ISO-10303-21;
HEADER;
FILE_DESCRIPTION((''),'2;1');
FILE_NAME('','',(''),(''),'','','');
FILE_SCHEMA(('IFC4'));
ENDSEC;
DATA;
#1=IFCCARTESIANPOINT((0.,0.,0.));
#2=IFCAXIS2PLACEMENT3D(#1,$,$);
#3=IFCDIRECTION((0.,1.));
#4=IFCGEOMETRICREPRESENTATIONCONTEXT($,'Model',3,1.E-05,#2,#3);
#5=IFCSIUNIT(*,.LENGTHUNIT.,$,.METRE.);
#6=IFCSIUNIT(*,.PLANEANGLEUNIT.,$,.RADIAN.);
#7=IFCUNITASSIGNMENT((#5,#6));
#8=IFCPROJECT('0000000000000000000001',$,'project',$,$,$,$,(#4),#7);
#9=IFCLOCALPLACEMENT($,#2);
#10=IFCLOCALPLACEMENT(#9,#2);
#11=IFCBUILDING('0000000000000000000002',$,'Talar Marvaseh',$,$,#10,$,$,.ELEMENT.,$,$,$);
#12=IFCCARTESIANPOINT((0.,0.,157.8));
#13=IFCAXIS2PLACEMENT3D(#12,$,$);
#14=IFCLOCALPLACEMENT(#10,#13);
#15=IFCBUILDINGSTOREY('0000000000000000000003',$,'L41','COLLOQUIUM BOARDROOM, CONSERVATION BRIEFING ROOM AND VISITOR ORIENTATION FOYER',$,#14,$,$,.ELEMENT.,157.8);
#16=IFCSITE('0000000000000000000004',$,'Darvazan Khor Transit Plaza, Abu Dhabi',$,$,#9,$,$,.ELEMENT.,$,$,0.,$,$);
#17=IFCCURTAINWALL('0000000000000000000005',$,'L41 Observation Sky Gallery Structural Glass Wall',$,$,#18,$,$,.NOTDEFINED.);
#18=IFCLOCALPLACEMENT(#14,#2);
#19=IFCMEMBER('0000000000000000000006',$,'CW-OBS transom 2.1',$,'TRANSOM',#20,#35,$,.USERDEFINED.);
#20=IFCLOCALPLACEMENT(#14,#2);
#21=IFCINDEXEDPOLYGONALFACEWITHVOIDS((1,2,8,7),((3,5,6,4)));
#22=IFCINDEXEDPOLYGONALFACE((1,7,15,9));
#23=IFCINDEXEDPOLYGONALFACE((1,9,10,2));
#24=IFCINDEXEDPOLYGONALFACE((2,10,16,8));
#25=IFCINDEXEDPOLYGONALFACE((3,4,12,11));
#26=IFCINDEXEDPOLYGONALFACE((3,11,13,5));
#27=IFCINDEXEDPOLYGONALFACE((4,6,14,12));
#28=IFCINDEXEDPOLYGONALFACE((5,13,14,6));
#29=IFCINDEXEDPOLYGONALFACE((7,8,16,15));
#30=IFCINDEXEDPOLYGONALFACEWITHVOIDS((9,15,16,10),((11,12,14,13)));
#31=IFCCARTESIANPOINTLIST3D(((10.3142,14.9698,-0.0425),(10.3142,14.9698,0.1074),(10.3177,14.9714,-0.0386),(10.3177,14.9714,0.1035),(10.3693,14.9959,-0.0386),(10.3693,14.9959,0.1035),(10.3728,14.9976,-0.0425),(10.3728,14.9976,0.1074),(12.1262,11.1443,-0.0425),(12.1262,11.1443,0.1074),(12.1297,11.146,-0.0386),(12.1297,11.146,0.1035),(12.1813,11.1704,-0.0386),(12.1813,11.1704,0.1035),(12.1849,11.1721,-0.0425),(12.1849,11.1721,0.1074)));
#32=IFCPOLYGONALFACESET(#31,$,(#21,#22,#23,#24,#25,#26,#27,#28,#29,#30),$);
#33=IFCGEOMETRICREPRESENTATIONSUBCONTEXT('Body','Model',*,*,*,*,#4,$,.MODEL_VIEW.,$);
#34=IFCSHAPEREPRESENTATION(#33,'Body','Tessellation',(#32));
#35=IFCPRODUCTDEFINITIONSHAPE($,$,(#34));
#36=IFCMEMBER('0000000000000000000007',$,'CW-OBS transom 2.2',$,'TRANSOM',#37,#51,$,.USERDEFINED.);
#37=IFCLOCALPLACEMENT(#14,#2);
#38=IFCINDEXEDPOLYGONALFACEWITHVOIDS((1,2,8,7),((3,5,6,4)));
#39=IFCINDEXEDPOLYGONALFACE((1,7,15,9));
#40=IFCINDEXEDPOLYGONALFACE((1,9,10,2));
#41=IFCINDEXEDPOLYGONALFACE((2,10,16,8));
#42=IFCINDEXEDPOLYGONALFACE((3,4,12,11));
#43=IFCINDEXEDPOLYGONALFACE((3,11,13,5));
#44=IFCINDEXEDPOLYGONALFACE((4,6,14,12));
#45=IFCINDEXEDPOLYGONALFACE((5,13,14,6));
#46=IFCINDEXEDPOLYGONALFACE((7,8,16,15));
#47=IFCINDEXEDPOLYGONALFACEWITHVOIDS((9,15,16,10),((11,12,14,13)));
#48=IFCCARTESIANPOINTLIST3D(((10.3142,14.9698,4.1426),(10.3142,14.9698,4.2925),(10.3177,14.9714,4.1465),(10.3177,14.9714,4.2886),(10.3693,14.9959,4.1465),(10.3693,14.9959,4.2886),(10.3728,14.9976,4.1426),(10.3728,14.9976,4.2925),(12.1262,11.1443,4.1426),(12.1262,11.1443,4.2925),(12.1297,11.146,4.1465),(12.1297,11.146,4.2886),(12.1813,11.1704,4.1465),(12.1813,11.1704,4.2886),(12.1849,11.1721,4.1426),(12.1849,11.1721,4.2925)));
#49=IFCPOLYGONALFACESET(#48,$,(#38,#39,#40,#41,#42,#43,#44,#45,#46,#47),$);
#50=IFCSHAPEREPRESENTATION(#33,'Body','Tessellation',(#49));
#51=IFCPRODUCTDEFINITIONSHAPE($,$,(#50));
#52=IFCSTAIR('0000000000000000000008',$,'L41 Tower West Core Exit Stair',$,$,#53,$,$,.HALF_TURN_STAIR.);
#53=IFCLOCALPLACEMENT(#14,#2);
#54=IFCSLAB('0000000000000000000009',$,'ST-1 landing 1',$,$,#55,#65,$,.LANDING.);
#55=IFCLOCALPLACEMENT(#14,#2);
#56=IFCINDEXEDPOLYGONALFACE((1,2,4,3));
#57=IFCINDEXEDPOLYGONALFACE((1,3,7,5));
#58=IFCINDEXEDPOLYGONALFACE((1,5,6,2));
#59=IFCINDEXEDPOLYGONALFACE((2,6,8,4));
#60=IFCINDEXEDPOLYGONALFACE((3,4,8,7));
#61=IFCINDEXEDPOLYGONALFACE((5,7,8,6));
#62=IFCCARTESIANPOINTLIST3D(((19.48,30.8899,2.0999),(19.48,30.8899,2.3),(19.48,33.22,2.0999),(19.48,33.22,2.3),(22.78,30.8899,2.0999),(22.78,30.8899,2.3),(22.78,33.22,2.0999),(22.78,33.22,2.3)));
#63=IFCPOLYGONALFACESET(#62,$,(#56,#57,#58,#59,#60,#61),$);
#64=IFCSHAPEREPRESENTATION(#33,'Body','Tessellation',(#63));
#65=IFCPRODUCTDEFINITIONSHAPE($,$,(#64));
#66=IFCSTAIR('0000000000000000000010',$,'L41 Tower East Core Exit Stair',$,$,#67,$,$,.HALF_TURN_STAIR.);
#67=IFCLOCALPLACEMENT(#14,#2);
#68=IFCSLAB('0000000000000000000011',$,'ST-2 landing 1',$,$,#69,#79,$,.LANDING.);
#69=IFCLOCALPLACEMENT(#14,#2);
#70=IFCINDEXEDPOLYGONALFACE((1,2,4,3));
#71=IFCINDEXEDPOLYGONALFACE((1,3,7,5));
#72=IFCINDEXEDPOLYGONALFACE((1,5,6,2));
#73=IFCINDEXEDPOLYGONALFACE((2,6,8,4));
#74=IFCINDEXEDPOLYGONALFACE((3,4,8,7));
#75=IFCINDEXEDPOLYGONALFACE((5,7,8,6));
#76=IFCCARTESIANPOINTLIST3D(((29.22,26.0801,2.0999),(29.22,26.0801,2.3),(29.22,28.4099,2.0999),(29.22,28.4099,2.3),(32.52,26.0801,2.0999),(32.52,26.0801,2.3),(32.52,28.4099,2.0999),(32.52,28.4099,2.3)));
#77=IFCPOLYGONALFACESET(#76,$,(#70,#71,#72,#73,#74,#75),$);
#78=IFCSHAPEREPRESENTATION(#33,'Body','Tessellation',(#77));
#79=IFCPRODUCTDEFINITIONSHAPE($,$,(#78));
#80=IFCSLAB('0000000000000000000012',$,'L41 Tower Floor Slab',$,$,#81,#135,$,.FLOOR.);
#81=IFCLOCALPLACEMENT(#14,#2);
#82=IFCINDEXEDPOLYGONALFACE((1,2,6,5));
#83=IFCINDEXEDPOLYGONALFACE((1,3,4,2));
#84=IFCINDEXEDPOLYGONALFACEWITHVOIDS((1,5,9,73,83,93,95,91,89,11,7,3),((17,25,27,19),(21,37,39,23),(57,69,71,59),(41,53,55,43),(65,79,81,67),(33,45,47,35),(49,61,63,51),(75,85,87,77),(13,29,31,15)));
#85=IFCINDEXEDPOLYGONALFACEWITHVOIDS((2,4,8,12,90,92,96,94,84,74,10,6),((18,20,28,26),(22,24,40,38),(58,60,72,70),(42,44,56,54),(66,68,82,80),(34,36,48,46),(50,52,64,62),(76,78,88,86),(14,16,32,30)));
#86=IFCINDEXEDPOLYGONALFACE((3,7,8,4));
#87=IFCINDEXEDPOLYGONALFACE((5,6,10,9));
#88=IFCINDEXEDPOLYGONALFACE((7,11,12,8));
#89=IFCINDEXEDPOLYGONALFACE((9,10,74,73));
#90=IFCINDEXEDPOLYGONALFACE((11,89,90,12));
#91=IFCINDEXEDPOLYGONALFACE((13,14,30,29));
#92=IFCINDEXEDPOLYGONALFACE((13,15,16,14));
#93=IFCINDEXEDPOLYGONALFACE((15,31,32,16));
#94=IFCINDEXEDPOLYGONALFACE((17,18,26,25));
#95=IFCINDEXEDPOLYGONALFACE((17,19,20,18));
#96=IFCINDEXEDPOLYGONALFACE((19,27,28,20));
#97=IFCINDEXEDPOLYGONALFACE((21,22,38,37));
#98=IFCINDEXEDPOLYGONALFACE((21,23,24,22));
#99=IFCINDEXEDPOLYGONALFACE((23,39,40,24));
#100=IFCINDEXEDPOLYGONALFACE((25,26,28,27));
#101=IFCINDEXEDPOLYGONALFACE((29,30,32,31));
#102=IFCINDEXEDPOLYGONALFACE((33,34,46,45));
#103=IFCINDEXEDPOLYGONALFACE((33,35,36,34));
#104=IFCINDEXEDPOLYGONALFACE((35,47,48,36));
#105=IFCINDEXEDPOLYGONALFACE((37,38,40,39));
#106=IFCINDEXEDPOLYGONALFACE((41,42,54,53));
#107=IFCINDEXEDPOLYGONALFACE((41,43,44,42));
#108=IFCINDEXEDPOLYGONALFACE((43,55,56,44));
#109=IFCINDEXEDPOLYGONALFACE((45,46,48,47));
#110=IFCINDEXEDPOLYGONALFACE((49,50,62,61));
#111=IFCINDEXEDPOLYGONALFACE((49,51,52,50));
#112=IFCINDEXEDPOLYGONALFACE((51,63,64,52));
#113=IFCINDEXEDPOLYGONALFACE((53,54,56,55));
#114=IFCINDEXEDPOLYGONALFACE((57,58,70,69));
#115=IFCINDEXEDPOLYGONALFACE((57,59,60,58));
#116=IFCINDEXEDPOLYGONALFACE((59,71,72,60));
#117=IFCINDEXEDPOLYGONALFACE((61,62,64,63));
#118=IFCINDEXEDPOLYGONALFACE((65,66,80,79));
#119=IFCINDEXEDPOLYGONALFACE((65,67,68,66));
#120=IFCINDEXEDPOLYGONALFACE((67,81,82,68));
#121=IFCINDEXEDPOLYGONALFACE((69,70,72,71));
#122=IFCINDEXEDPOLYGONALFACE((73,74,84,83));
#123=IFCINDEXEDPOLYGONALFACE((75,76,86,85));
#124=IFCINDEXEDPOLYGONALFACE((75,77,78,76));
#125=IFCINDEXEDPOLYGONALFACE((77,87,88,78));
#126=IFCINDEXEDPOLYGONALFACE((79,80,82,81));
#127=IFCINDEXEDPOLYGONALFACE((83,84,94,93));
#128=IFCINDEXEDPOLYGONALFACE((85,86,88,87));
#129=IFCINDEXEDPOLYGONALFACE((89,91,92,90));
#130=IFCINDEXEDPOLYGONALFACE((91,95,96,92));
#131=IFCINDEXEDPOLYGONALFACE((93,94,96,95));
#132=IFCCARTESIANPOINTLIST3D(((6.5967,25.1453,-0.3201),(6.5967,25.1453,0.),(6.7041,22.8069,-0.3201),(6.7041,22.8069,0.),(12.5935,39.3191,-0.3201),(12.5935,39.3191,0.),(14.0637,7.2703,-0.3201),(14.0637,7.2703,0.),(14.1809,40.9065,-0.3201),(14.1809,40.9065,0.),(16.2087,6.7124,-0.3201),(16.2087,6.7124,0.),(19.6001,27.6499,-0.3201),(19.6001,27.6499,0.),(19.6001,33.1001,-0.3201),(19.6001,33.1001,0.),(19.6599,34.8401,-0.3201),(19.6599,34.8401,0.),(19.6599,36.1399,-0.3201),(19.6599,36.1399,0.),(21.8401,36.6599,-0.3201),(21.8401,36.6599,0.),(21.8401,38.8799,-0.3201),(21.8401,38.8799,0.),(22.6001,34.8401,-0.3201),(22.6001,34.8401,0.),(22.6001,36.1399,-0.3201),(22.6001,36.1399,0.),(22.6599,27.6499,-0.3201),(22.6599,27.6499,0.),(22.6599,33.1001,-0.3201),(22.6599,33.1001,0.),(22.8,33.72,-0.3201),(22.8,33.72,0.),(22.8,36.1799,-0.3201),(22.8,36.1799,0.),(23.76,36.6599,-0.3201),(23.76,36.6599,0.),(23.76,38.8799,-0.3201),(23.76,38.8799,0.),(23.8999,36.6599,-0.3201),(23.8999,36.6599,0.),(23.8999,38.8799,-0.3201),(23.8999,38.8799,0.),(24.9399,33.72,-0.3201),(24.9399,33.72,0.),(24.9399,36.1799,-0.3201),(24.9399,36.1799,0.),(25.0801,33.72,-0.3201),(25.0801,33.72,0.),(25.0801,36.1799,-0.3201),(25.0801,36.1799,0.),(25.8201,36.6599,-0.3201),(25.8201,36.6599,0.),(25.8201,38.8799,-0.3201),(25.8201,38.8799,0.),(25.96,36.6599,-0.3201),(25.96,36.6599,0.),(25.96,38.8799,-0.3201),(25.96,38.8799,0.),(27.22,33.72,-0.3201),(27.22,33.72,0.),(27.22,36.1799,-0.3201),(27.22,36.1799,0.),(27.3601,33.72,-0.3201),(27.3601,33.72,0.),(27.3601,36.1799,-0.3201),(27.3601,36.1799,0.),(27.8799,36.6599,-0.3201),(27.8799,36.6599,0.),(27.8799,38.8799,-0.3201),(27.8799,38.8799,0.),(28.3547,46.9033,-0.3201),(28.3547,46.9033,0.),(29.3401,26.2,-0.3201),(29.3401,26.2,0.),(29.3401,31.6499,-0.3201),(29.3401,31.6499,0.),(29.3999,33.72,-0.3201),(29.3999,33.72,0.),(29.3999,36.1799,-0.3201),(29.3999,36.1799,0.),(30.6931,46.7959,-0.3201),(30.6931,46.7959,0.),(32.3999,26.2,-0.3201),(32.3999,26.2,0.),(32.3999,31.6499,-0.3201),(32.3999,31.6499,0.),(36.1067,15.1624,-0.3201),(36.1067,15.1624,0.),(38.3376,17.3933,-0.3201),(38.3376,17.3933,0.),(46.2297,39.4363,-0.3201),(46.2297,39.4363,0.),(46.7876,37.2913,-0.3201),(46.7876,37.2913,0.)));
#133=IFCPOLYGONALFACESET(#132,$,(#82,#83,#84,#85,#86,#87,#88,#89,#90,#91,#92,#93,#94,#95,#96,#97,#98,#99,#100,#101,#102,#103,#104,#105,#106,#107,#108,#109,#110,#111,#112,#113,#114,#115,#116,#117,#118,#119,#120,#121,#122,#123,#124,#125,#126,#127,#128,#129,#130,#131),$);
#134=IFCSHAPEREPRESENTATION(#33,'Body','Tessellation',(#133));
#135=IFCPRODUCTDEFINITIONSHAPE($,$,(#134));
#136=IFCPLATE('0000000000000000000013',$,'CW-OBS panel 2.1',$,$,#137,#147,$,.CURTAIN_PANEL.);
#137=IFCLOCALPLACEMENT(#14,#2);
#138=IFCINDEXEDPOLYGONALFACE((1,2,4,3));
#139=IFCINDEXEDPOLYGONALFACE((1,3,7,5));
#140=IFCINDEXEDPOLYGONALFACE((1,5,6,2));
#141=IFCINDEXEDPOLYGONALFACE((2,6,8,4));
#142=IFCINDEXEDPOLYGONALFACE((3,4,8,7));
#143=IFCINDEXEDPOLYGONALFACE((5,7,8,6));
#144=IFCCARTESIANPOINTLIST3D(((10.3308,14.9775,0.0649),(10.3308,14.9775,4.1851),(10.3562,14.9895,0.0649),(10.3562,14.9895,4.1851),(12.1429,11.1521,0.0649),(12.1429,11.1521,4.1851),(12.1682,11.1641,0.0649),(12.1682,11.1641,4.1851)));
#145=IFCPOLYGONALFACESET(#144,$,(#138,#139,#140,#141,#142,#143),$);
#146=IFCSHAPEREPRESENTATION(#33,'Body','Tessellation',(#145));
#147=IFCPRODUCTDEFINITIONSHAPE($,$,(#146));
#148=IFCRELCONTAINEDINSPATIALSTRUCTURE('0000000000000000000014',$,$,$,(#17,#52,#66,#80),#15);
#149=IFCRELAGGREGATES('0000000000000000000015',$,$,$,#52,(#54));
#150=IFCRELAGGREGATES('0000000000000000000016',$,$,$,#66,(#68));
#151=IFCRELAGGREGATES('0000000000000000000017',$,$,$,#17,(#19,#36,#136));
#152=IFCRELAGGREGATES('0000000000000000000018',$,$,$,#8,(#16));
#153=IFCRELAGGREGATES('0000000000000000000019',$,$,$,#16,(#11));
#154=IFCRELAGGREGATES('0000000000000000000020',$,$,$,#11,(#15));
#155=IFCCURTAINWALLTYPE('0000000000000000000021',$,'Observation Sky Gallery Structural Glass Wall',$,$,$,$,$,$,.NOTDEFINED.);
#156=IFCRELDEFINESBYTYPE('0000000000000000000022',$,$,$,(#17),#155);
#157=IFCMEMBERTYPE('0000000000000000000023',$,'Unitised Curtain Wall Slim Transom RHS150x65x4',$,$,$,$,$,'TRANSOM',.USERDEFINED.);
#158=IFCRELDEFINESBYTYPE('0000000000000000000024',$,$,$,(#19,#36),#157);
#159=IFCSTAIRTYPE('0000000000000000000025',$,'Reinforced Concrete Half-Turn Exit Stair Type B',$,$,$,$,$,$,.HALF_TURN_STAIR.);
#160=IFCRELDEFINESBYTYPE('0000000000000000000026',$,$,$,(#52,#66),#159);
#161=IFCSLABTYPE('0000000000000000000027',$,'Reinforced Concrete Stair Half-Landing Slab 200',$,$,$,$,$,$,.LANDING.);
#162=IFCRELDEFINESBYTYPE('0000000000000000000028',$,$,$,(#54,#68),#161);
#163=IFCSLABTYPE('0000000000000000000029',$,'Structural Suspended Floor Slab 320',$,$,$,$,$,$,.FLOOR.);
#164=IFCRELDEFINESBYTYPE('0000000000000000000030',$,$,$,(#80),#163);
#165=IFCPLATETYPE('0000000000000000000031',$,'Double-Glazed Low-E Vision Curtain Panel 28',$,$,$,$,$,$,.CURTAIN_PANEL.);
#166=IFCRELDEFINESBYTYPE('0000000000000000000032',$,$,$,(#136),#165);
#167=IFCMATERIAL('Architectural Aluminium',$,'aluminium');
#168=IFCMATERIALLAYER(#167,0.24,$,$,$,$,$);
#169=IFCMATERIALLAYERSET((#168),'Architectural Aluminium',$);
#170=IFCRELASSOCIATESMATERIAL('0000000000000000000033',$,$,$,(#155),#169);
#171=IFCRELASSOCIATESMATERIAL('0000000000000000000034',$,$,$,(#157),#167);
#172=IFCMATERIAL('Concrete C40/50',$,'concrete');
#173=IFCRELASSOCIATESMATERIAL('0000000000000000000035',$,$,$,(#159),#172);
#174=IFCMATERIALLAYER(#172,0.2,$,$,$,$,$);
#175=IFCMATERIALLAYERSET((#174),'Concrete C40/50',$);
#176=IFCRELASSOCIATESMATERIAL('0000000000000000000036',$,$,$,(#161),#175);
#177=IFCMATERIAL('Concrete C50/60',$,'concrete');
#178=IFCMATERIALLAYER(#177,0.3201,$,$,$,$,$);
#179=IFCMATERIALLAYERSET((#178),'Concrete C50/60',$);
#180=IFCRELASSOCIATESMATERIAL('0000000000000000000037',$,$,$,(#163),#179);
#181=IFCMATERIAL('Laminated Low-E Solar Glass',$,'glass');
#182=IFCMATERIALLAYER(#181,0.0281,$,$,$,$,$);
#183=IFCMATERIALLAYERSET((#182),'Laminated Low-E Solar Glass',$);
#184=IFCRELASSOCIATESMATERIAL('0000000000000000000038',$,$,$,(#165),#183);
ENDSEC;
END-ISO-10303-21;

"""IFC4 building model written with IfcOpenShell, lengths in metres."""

from ifc_helpers import new_model, si_unit, direction, frame, origin, origin_2d, place, context, subcontext, project, spatial, polyline, rectangle, hollow_rectangle, outline, extrude, source, transform, mapped, material, layer, layer_set, material_profile, profile_set, type_object, type_shapes, element, aggregate, save


model = new_model("IFC4")

# Units and contexts
model_context = context("Model", 3, precision=1e-05, world=origin(), true_north=direction((0.0, 1.0)))
body_context = subcontext(model_context, "Body", "Model", "MODEL_VIEW")
ifc_project = project(units=[si_unit("LENGTHUNIT", "METRE"), si_unit("PLANEANGLEUNIT", "RADIAN")], contexts=[model_context])

# Site, building, storey
site_placement = place(None, origin())
site = spatial("IfcSite", under=ifc_project, at=site_placement, Name="Darvazan Khor Transit Plaza, Abu Dhabi", CompositionType="ELEMENT", RefElevation=0.0)
building_placement = place(site_placement, origin())
building = spatial("IfcBuilding", under=site, at=building_placement, Name="Talar Marvaseh", CompositionType="ELEMENT")
storey_placement = place(building_placement, frame((0.0, 0.0, 157.8)))
storey = spatial("IfcBuildingStorey", under=building, at=storey_placement, Name="L41", Description="COLLOQUIUM BOARDROOM, CONSERVATION BRIEFING ROOM AND VISITOR ORIENTATION FOYER", CompositionType="ELEMENT", Elevation=157.8)

# Curtain wall, members
ifc_material_1 = material(Name="Architectural Aluminium", Category="aluminium")
ifc_layer_1 = layer(ifc_material_1, 0.24)
ifc_layer_set_1 = layer_set([ifc_layer_1], Name="Architectural Aluminium")
curtain_wall_type = type_object("IfcCurtainWallType", Name="Observation Sky Gallery Structural Glass Wall", PredefinedType="NOTDEFINED", material=ifc_layer_set_1)
curtain_wall_placement = place(storey_placement, origin())
curtain_wall = element("IfcCurtainWall", 1, at=curtain_wall_placement, inside=storey, type_object=curtain_wall_type, Name="L41 Observation Sky Gallery Structural Glass Wall", PredefinedType="NOTDEFINED")
ifc_material_profile = material_profile(ifc_material_1, hollow_rectangle(XDim=0.0649, YDim=0.1499, WallThickness=0.0039, at=origin_2d()), Name="RHS150x65x4")
ifc_profile_set = profile_set([ifc_material_profile], Name="Architectural Aluminium")
member_type = type_object("IfcMemberType", Name="Unitised Curtain Wall Slim Transom RHS150x65x4", ElementType="TRANSOM", PredefinedType="USERDEFINED", material=ifc_profile_set)
shared_shape_1 = source(origin(), body_context, "Body", "SweptSolid", [
    extrude(hollow_rectangle(XDim=0.0649, YDim=0.1499, WallThickness=0.0039, at=origin_2d()), origin(), (0.0, 0.0, 1.0), 4.2329),
])
type_shapes(member_type, [shared_shape_1])
member_1_placement = place(storey_placement, frame((12.1555, 11.1582, 0.0325), z_axis=(-0.428079, 0.903741, 0.0), x_axis=(-0.903741, -0.428079, 0.0)))
member_1 = element("IfcMember", 2, at=member_1_placement, type_object=member_type, Name="CW-OBS transom 2.1", ObjectType="TRANSOM", PredefinedType="USERDEFINED", context=body_context, shape_type="MappedRepresentation", body=[
    mapped(shared_shape_1, transform((0.0, 0.0, 0.0), x_axis=(1.0, 0.0, 0.0), y_axis=(0.0, 1.0, 0.0), z_axis=(0.0, 0.0, 1.0), scale=1.0)),
])
member_2_placement = place(storey_placement, frame((12.1555, 11.1582, 4.2175), z_axis=(-0.428079, 0.903741, 0.0), x_axis=(-0.903741, -0.428079, 0.0)))
member_2 = element("IfcMember", 3, at=member_2_placement, type_object=member_type, Name="CW-OBS transom 2.2", ObjectType="TRANSOM", PredefinedType="USERDEFINED", context=body_context, shape_type="MappedRepresentation", body=[
    mapped(shared_shape_1, transform((0.0, 0.0, 0.0), x_axis=(1.0, 0.0, 0.0), y_axis=(0.0, 1.0, 0.0), z_axis=(0.0, 0.0, 1.0), scale=1.0)),
])

# Stairs, slabs
ifc_material_2 = material(Name="Concrete C40/50", Category="concrete")
stair_type = type_object("IfcStairType", Name="Reinforced Concrete Half-Turn Exit Stair Type B", PredefinedType="HALF_TURN_STAIR", material=ifc_material_2)
stair_1_placement = place(storey_placement, origin())
stair_1 = element("IfcStair", 4, at=stair_1_placement, inside=storey, type_object=stair_type, Name="L41 Tower West Core Exit Stair", PredefinedType="HALF_TURN_STAIR")
ifc_layer_2 = layer(ifc_material_2, 0.2)
ifc_layer_set_2 = layer_set([ifc_layer_2], Name="Concrete C40/50")
slab_type_1 = type_object("IfcSlabType", Name="Reinforced Concrete Stair Half-Landing Slab 200", PredefinedType="LANDING", material=ifc_layer_set_2)
slab_1_placement = place(storey_placement, frame((0.0, 0.0, 2.0999)))
slab_1 = element("IfcSlab", 5, at=slab_1_placement, type_object=slab_type_1, Name="ST-1 landing 1", PredefinedType="LANDING", context=body_context, shape_type="SweptSolid", body=[
    extrude(outline(polyline([(22.78, 30.8899), (22.78, 33.22), (19.48, 33.22), (19.48, 30.8899), (22.78, 30.8899)])), origin(), (0.0, 0.0, 1.0), 0.2002),
])
aggregate(stair_1, [slab_1])
stair_2_placement = place(storey_placement, origin())
stair_2 = element("IfcStair", 6, at=stair_2_placement, inside=storey, type_object=stair_type, Name="L41 Tower East Core Exit Stair", PredefinedType="HALF_TURN_STAIR")
slab_2_placement = place(storey_placement, frame((0.0, 0.0, 2.0999)))
slab_2 = element("IfcSlab", 7, at=slab_2_placement, type_object=slab_type_1, Name="ST-2 landing 1", PredefinedType="LANDING", context=body_context, shape_type="SweptSolid", body=[
    extrude(outline(polyline([(29.22, 28.4099), (29.22, 26.0801), (32.52, 26.0801), (32.52, 28.4099), (29.22, 28.4099)])), origin(), (0.0, 0.0, 1.0), 0.2002),
])
aggregate(stair_2, [slab_2])

# Slab
ifc_material_3 = material(Name="Concrete C50/60", Category="concrete")
ifc_layer_3 = layer(ifc_material_3, 0.3201)
ifc_layer_set_3 = layer_set([ifc_layer_3], Name="Concrete C50/60")
slab_type_2 = type_object("IfcSlabType", Name="Structural Suspended Floor Slab 320", PredefinedType="FLOOR", material=ifc_layer_set_3)
slab_3_placement = place(storey_placement, frame((0.0, 0.0, -0.3201)))
element("IfcSlab", 8, at=slab_3_placement, inside=storey, type_object=slab_type_2, Name="L41 Tower Floor Slab", PredefinedType="FLOOR", context=body_context, shape_type="SweptSolid", body=[
    extrude(outline(polyline([(16.2087, 6.7124), (14.0637, 7.2703), (6.7041, 22.8069), (6.5967, 25.1453), (12.5935, 39.3191), (14.1809, 40.9065), (28.3547, 46.9033), (30.6931, 46.7959), (46.2297, 39.4363), (46.7876, 37.2913), (38.3376, 17.3933), (36.1067, 15.1624), (16.2087, 6.7124)]), holes=[polyline([(22.6599, 27.6499), (22.6599, 33.1001), (19.6001, 33.1001), (19.6001, 27.6499), (22.6599, 27.6499)]), polyline([(29.3401, 31.6499), (29.3401, 26.2), (32.3999, 26.2), (32.3999, 31.6499), (29.3401, 31.6499)]), polyline([(22.8, 33.72), (24.9399, 33.72), (24.9399, 36.1799), (22.8, 36.1799), (22.8, 33.72)]), polyline([(25.0801, 33.72), (27.22, 33.72), (27.22, 36.1799), (25.0801, 36.1799), (25.0801, 33.72)]), polyline([(27.3601, 33.72), (29.3999, 33.72), (29.3999, 36.1799), (27.3601, 36.1799), (27.3601, 33.72)]), polyline([(21.8401, 36.6599), (23.76, 36.6599), (23.76, 38.8799), (21.8401, 38.8799), (21.8401, 36.6599)]), polyline([(23.8999, 36.6599), (25.8201, 36.6599), (25.8201, 38.8799), (23.8999, 38.8799), (23.8999, 36.6599)]), polyline([(25.96, 36.6599), (27.8799, 36.6599), (27.8799, 38.8799), (25.96, 38.8799), (25.96, 36.6599)]), polyline([(19.6599, 34.8401), (22.6001, 34.8401), (22.6001, 36.1399), (19.6599, 36.1399), (19.6599, 34.8401)])]), origin(), (0.0, 0.0, 1.0), 0.3201),
])

# Plate
ifc_material_4 = material(Name="Laminated Low-E Solar Glass", Category="glass")
ifc_layer_4 = layer(ifc_material_4, 0.0281)
ifc_layer_set_4 = layer_set([ifc_layer_4], Name="Laminated Low-E Solar Glass")
plate_type = type_object("IfcPlateType", Name="Double-Glazed Low-E Vision Curtain Panel 28", PredefinedType="CURTAIN_PANEL", material=ifc_layer_set_4)
shared_shape_2 = source(origin(), body_context, "Body", "SweptSolid", [
    extrude(rectangle(XDim=4.2329, YDim=0.0281, at=origin_2d()), origin(), (0.0, 0.0, 1.0), 4.1201),
])
type_shapes(plate_type, [shared_shape_2])
plate_placement = place(storey_placement, frame((11.2495, 13.0708, 0.0649), z_axis=(0.0, 0.0, 1.0), x_axis=(-0.428089, 0.903737, 0.0)))
plate = element("IfcPlate", 9, at=plate_placement, type_object=plate_type, Name="CW-OBS panel 2.1", PredefinedType="CURTAIN_PANEL", context=body_context, shape_type="MappedRepresentation", body=[
    mapped(shared_shape_2, transform((0.0, 0.0, 0.0), x_axis=(1.0, 0.0, 0.0), y_axis=(0.0, 1.0, 0.0), z_axis=(0.0, 0.0, 1.0), scale=1.0)),
])
aggregate(curtain_wall, [member_1, member_2, plate])

save(model, "model.ifc")
